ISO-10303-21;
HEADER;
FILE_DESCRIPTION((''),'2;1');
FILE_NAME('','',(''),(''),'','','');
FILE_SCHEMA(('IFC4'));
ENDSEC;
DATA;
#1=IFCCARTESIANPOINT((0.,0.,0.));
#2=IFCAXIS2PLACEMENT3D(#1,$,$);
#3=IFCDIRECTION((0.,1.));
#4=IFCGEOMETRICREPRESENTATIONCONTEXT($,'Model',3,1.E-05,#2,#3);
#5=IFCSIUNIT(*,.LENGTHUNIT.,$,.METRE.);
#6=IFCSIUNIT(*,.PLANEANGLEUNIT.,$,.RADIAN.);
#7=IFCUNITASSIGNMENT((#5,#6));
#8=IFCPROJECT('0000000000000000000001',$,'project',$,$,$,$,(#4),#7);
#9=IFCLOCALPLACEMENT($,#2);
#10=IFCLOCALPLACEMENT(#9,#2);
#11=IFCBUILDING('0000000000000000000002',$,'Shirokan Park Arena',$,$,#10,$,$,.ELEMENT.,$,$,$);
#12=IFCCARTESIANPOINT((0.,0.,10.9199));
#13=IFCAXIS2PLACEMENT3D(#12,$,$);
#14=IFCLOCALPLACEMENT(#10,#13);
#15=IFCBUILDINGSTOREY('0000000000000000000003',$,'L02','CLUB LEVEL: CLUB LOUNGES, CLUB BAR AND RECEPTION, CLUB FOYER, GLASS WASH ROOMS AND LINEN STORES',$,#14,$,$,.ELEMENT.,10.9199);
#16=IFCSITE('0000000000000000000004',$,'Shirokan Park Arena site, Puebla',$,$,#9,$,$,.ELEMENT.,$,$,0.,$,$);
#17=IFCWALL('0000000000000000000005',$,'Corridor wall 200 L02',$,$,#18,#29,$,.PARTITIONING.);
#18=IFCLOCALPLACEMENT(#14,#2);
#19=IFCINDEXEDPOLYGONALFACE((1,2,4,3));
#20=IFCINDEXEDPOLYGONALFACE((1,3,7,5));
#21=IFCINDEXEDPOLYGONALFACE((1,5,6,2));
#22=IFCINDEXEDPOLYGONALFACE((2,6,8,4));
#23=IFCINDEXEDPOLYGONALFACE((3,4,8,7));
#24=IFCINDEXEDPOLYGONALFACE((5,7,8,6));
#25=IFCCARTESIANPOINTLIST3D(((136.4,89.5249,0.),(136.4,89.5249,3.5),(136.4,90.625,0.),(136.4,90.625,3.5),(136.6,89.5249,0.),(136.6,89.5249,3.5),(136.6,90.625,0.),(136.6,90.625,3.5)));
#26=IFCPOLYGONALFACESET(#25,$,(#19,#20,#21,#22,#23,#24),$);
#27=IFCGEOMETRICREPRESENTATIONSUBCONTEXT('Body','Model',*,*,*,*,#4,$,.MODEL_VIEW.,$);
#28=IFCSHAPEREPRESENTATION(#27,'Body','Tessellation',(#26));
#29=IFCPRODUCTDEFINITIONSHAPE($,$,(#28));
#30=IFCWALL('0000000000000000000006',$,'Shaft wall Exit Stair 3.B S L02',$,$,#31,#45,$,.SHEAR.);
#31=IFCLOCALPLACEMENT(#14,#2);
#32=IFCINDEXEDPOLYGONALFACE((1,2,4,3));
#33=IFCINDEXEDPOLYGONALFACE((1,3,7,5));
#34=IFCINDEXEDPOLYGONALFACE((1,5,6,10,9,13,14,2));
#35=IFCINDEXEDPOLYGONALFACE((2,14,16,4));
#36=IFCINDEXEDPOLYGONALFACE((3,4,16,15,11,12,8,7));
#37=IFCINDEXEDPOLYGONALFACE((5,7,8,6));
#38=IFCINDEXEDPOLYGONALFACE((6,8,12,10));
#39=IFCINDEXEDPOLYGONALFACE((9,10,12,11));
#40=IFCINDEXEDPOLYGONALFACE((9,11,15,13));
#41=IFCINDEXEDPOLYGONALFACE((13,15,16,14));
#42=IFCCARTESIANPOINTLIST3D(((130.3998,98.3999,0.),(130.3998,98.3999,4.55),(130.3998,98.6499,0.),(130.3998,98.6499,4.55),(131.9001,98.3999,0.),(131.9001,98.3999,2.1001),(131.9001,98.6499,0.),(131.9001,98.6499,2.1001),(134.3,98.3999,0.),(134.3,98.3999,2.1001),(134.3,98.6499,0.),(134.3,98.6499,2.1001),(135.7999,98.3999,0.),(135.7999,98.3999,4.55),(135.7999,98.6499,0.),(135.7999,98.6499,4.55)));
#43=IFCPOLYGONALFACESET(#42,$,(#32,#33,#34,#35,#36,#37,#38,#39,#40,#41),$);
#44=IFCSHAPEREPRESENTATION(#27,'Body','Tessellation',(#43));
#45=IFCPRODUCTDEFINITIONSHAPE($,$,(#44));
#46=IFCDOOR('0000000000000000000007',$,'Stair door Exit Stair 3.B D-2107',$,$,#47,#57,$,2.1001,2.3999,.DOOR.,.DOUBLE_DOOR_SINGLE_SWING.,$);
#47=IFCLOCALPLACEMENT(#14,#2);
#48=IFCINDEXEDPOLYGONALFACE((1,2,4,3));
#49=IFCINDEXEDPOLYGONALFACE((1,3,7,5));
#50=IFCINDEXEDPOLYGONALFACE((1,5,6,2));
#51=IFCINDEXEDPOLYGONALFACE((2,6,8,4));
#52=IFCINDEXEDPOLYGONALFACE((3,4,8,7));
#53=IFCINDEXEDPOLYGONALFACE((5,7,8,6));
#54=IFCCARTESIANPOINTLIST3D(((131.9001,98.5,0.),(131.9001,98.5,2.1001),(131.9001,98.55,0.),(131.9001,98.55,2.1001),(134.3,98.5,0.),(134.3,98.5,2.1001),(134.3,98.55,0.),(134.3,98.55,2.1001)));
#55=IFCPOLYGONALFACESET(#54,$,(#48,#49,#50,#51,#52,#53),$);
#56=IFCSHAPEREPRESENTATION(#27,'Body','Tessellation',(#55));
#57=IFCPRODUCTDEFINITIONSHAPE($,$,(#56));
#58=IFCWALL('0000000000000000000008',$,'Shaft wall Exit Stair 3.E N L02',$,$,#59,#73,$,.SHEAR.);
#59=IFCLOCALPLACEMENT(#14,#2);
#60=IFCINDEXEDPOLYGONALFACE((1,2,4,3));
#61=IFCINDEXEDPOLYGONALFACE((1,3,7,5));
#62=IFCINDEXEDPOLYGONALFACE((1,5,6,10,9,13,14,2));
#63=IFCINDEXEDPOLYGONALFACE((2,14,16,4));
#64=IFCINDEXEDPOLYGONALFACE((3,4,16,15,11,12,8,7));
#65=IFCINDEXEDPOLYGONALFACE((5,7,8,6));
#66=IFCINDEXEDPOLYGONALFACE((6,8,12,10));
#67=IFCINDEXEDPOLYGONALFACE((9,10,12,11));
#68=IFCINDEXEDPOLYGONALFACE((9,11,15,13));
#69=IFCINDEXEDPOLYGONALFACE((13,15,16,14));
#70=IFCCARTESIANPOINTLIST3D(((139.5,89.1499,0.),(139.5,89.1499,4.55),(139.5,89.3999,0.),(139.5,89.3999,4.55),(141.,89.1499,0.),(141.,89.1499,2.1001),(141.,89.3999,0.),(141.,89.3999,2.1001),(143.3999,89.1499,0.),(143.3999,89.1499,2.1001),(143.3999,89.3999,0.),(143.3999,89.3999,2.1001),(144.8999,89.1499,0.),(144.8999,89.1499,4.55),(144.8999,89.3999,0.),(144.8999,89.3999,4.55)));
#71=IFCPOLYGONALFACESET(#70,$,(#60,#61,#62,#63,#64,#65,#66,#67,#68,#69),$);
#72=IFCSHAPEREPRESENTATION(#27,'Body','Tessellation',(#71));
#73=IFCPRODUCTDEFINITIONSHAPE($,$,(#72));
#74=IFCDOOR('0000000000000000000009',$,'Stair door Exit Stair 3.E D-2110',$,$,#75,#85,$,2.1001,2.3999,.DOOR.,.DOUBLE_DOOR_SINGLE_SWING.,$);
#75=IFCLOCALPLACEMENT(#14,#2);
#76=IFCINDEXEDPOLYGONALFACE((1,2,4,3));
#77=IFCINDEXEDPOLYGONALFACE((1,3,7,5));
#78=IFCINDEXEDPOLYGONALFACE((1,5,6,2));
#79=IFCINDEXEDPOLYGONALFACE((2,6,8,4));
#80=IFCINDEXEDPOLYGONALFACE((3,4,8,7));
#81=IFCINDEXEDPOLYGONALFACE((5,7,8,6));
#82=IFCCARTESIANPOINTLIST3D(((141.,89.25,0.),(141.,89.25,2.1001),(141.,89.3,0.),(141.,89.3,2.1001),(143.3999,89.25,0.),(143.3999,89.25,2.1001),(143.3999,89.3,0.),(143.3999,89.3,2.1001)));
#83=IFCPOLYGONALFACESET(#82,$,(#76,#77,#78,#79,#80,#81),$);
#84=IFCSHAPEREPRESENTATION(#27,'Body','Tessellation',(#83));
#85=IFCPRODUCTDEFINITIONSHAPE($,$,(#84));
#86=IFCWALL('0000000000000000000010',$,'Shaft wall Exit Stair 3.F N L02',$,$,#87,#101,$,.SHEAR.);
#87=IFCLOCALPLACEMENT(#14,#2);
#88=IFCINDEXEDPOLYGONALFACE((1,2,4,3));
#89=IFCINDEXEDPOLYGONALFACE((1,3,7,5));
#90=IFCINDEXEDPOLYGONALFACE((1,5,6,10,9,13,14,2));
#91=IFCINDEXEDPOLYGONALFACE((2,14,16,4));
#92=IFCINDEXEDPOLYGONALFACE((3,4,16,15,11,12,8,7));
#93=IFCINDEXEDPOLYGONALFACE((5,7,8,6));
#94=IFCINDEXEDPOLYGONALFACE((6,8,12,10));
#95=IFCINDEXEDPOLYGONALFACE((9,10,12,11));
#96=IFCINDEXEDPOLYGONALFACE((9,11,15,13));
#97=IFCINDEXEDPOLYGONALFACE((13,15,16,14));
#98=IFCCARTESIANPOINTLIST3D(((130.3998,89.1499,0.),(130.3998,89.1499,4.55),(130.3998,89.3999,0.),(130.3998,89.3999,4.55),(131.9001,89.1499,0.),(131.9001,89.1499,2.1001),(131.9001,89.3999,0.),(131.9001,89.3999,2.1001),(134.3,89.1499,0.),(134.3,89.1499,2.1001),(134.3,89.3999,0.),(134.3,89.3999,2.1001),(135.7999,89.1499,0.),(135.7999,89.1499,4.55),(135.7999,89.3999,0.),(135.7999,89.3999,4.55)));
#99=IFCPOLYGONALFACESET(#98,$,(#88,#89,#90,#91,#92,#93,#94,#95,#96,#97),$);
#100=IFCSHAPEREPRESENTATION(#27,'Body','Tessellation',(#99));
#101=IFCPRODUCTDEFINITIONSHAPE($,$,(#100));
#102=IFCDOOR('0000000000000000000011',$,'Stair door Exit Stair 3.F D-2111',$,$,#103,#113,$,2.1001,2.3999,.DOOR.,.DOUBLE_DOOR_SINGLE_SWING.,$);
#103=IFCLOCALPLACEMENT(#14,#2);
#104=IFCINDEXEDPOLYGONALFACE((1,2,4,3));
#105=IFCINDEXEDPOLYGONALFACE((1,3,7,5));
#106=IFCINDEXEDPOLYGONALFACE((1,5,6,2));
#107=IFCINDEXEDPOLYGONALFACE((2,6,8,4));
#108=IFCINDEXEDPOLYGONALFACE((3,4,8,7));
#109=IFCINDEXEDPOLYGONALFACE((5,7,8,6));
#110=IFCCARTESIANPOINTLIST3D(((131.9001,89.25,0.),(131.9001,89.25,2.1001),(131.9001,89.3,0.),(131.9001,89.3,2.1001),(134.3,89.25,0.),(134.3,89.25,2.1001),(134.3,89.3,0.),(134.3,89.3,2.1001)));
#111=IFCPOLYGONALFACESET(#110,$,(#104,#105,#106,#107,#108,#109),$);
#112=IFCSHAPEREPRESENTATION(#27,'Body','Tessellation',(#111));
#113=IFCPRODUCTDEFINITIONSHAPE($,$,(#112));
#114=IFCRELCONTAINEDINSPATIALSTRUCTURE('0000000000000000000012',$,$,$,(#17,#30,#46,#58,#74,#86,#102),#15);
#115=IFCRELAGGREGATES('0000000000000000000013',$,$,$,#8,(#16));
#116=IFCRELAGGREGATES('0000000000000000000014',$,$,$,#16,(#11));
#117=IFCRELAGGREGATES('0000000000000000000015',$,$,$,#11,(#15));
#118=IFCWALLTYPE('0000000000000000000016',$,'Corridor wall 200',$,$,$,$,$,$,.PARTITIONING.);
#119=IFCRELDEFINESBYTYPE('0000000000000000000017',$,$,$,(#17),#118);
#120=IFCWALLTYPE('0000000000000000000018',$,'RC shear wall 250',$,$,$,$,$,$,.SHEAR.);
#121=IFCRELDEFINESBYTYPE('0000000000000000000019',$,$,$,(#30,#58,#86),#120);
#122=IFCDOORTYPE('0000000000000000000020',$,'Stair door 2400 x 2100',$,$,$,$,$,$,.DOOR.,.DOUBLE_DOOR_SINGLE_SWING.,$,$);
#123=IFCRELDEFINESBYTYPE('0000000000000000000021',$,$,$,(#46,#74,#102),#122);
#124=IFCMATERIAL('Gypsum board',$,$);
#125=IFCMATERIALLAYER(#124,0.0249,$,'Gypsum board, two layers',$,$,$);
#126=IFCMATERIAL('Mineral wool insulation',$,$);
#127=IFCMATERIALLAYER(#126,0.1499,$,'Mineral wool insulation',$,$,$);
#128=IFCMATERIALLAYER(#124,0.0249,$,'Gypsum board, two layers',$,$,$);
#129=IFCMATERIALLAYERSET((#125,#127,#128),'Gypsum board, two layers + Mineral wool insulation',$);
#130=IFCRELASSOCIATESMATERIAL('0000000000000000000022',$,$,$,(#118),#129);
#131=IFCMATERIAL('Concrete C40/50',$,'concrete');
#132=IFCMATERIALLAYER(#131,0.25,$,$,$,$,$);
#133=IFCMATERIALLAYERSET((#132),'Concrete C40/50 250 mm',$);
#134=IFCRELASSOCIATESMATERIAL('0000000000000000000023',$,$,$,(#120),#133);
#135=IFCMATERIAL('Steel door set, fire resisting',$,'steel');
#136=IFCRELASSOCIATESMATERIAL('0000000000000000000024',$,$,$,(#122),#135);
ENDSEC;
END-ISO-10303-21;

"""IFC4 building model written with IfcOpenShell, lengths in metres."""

from ifc_helpers import new_model, si_unit, direction, frame, frame_2d, origin, place, context, subcontext, project, spatial, rectangle, extrude, material, layer, layer_set, type_object, element, fill, save


model = new_model("IFC4")

# Units and contexts
model_context = context("Model", 3, precision=1e-05, world=origin(), true_north=direction((0.0, 1.0)))
body_context = subcontext(model_context, "Body", "Model", "MODEL_VIEW")
ifc_project = project(units=[si_unit("LENGTHUNIT", "METRE"), si_unit("PLANEANGLEUNIT", "RADIAN")], contexts=[model_context])

# Site, building, storey
site_placement = place(None, origin())
site = spatial("IfcSite", under=ifc_project, at=site_placement, Name="Shirokan Park Arena site, Puebla", CompositionType="ELEMENT", RefElevation=0.0)
building_placement = place(site_placement, origin())
building = spatial("IfcBuilding", under=site, at=building_placement, Name="Shirokan Park Arena", CompositionType="ELEMENT")
storey_placement = place(building_placement, frame((0.0, 0.0, 10.9199)))
storey = spatial("IfcBuildingStorey", under=building, at=storey_placement, Name="L02", Description="CLUB LEVEL: CLUB LOUNGES, CLUB BAR AND RECEPTION, CLUB FOYER, GLASS WASH ROOMS AND LINEN STORES", CompositionType="ELEMENT", Elevation=10.9199)

# Wall
ifc_material_1 = material(Name="Gypsum board")
ifc_layer_1 = layer(ifc_material_1, 0.0249, Name="Gypsum board, two layers")
ifc_material_2 = material(Name="Mineral wool insulation")
ifc_layer_2 = layer(ifc_material_2, 0.1499, Name="Mineral wool insulation")
ifc_layer_3 = layer(ifc_material_1, 0.0249, Name="Gypsum board, two layers")
ifc_layer_set_1 = layer_set([ifc_layer_1, ifc_layer_2, ifc_layer_3], Name="Gypsum board, two layers + Mineral wool insulation")
wall_type_1 = type_object("IfcWallType", Name="Corridor wall 200", PredefinedType="PARTITIONING", material=ifc_layer_set_1)
wall_1_placement = place(storey_placement, frame((136.5, 89.5249, 0.0), z_axis=(0.0, 0.0, 1.0), x_axis=(0.0, 1.0, 0.0)))
element("IfcWall", 1, at=wall_1_placement, inside=storey, type_object=wall_type_1, Name="Corridor wall 200 L02", PredefinedType="PARTITIONING", context=body_context, shape_type="SweptSolid", body=[
    extrude(rectangle(XDim=1.1001, YDim=0.2, at=frame_2d((0.55, 0.0))), origin(), (0.0, 0.0, 1.0), 3.5),
])

# Walls, openings, doors
ifc_material_3 = material(Name="Concrete C40/50", Category="concrete")
ifc_layer_4 = layer(ifc_material_3, 0.25)
ifc_layer_set_2 = layer_set([ifc_layer_4], Name="Concrete C40/50 250 mm")
wall_type_2 = type_object("IfcWallType", Name="RC shear wall 250", PredefinedType="SHEAR", material=ifc_layer_set_2)
wall_2_placement = place(storey_placement, frame((135.8, 98.5249, 0.0), z_axis=(0.0, 0.0, 1.0), x_axis=(-1.0, 0.0, 0.0)))
wall_2 = element("IfcWall", 2, at=wall_2_placement, inside=storey, type_object=wall_type_2, Name="Shaft wall Exit Stair 3.B S L02", PredefinedType="SHEAR", context=body_context, shape_type="SweptSolid", body=[
    extrude(rectangle(XDim=5.4001, YDim=0.25, at=frame_2d((2.7002, 0.0))), origin(), (0.0, 0.0, 1.0), 4.55),
])
opening_1_placement = place(wall_2_placement, frame((1.5, 0.0, 0.0)))
opening_1 = element("IfcOpeningElement", 3, at=opening_1_placement, cuts=wall_2, PredefinedType="OPENING", context=body_context, shape_type="SweptSolid", body=[
    extrude(rectangle(XDim=2.3999, YDim=2.1001, at=frame_2d((1.2, 1.05))), frame((0.0, 0.135, 0.0), z_axis=(0.0, -1.0, 0.0), x_axis=(1.0, 0.0, 0.0)), (0.0, 0.0, 1.0), 0.27),
])
ifc_material_4 = material(Name="Steel door set, fire resisting", Category="steel")
door_type_1 = type_object("IfcDoorType", Name="Stair door 2400 x 2100", OperationType="DOUBLE_DOOR_SINGLE_SWING", PredefinedType="DOOR", material=ifc_material_4)
door_1_placement = place(opening_1_placement, origin())
door_1 = element("IfcDoor", 4, at=door_1_placement, inside=storey, type_object=door_type_1, Name="Stair door Exit Stair 3.B D-2107", OperationType="DOUBLE_DOOR_SINGLE_SWING", OverallHeight=2.1001, OverallWidth=2.3999, PredefinedType="DOOR", context=body_context, shape_type="SweptSolid", body=[
    extrude(rectangle(XDim=2.3999, YDim=2.1001, at=frame_2d((1.2, 1.05))), frame((0.0, 0.0249, 0.0), z_axis=(0.0, -1.0, 0.0), x_axis=(1.0, 0.0, 0.0)), (0.0, 0.0, 1.0), 0.05),
])
fill(opening_1, door_1)
wall_3_placement = place(storey_placement, frame((144.8999, 89.2749, 0.0), z_axis=(0.0, 0.0, 1.0), x_axis=(-1.0, 0.0, 0.0)))
wall_3 = element("IfcWall", 5, at=wall_3_placement, inside=storey, type_object=wall_type_2, Name="Shaft wall Exit Stair 3.E N L02", PredefinedType="SHEAR", context=body_context, shape_type="SweptSolid", body=[
    extrude(rectangle(XDim=5.3999, YDim=0.25, at=frame_2d((2.7, 0.0))), origin(), (0.0, 0.0, 1.0), 4.55),
])
opening_2_placement = place(wall_3_placement, frame((1.5, 0.0, 0.0)))
opening_2 = element("IfcOpeningElement", 6, at=opening_2_placement, cuts=wall_3, PredefinedType="OPENING", context=body_context, shape_type="SweptSolid", body=[
    extrude(rectangle(XDim=2.3999, YDim=2.1001, at=frame_2d((1.2, 1.05))), frame((0.0, 0.135, 0.0), z_axis=(0.0, -1.0, 0.0), x_axis=(1.0, 0.0, 0.0)), (0.0, 0.0, 1.0), 0.27),
])
door_2_placement = place(opening_2_placement, origin())
door_2 = element("IfcDoor", 7, at=door_2_placement, inside=storey, type_object=door_type_1, Name="Stair door Exit Stair 3.E D-2110", OperationType="DOUBLE_DOOR_SINGLE_SWING", OverallHeight=2.1001, OverallWidth=2.3999, PredefinedType="DOOR", context=body_context, shape_type="SweptSolid", body=[
    extrude(rectangle(XDim=2.3999, YDim=2.1001, at=frame_2d((1.2, 1.05))), frame((0.0, 0.0249, 0.0), z_axis=(0.0, -1.0, 0.0), x_axis=(1.0, 0.0, 0.0)), (0.0, 0.0, 1.0), 0.05),
])
fill(opening_2, door_2)
wall_4_placement = place(storey_placement, frame((135.8, 89.2749, 0.0), z_axis=(0.0, 0.0, 1.0), x_axis=(-1.0, 0.0, 0.0)))
wall_4 = element("IfcWall", 8, at=wall_4_placement, inside=storey, type_object=wall_type_2, Name="Shaft wall Exit Stair 3.F N L02", PredefinedType="SHEAR", context=body_context, shape_type="SweptSolid", body=[
    extrude(rectangle(XDim=5.4001, YDim=0.25, at=frame_2d((2.7002, 0.0))), origin(), (0.0, 0.0, 1.0), 4.55),
])
opening_3_placement = place(wall_4_placement, frame((1.5, 0.0, 0.0)))
opening_3 = element("IfcOpeningElement", 9, at=opening_3_placement, cuts=wall_4, PredefinedType="OPENING", context=body_context, shape_type="SweptSolid", body=[
    extrude(rectangle(XDim=2.3999, YDim=2.1001, at=frame_2d((1.2, 1.05))), frame((0.0, 0.135, 0.0), z_axis=(0.0, -1.0, 0.0), x_axis=(1.0, 0.0, 0.0)), (0.0, 0.0, 1.0), 0.27),
])
door_3_placement = place(opening_3_placement, origin())
door_3 = element("IfcDoor", 10, at=door_3_placement, inside=storey, type_object=door_type_1, Name="Stair door Exit Stair 3.F D-2111", OperationType="DOUBLE_DOOR_SINGLE_SWING", OverallHeight=2.1001, OverallWidth=2.3999, PredefinedType="DOOR", context=body_context, shape_type="SweptSolid", body=[
    extrude(rectangle(XDim=2.3999, YDim=2.1001, at=frame_2d((1.2, 1.05))), frame((0.0, 0.0249, 0.0), z_axis=(0.0, -1.0, 0.0), x_axis=(1.0, 0.0, 0.0)), (0.0, 0.0, 1.0), 0.05),
])
fill(opening_3, door_3)

save(model, "model.ifc")
